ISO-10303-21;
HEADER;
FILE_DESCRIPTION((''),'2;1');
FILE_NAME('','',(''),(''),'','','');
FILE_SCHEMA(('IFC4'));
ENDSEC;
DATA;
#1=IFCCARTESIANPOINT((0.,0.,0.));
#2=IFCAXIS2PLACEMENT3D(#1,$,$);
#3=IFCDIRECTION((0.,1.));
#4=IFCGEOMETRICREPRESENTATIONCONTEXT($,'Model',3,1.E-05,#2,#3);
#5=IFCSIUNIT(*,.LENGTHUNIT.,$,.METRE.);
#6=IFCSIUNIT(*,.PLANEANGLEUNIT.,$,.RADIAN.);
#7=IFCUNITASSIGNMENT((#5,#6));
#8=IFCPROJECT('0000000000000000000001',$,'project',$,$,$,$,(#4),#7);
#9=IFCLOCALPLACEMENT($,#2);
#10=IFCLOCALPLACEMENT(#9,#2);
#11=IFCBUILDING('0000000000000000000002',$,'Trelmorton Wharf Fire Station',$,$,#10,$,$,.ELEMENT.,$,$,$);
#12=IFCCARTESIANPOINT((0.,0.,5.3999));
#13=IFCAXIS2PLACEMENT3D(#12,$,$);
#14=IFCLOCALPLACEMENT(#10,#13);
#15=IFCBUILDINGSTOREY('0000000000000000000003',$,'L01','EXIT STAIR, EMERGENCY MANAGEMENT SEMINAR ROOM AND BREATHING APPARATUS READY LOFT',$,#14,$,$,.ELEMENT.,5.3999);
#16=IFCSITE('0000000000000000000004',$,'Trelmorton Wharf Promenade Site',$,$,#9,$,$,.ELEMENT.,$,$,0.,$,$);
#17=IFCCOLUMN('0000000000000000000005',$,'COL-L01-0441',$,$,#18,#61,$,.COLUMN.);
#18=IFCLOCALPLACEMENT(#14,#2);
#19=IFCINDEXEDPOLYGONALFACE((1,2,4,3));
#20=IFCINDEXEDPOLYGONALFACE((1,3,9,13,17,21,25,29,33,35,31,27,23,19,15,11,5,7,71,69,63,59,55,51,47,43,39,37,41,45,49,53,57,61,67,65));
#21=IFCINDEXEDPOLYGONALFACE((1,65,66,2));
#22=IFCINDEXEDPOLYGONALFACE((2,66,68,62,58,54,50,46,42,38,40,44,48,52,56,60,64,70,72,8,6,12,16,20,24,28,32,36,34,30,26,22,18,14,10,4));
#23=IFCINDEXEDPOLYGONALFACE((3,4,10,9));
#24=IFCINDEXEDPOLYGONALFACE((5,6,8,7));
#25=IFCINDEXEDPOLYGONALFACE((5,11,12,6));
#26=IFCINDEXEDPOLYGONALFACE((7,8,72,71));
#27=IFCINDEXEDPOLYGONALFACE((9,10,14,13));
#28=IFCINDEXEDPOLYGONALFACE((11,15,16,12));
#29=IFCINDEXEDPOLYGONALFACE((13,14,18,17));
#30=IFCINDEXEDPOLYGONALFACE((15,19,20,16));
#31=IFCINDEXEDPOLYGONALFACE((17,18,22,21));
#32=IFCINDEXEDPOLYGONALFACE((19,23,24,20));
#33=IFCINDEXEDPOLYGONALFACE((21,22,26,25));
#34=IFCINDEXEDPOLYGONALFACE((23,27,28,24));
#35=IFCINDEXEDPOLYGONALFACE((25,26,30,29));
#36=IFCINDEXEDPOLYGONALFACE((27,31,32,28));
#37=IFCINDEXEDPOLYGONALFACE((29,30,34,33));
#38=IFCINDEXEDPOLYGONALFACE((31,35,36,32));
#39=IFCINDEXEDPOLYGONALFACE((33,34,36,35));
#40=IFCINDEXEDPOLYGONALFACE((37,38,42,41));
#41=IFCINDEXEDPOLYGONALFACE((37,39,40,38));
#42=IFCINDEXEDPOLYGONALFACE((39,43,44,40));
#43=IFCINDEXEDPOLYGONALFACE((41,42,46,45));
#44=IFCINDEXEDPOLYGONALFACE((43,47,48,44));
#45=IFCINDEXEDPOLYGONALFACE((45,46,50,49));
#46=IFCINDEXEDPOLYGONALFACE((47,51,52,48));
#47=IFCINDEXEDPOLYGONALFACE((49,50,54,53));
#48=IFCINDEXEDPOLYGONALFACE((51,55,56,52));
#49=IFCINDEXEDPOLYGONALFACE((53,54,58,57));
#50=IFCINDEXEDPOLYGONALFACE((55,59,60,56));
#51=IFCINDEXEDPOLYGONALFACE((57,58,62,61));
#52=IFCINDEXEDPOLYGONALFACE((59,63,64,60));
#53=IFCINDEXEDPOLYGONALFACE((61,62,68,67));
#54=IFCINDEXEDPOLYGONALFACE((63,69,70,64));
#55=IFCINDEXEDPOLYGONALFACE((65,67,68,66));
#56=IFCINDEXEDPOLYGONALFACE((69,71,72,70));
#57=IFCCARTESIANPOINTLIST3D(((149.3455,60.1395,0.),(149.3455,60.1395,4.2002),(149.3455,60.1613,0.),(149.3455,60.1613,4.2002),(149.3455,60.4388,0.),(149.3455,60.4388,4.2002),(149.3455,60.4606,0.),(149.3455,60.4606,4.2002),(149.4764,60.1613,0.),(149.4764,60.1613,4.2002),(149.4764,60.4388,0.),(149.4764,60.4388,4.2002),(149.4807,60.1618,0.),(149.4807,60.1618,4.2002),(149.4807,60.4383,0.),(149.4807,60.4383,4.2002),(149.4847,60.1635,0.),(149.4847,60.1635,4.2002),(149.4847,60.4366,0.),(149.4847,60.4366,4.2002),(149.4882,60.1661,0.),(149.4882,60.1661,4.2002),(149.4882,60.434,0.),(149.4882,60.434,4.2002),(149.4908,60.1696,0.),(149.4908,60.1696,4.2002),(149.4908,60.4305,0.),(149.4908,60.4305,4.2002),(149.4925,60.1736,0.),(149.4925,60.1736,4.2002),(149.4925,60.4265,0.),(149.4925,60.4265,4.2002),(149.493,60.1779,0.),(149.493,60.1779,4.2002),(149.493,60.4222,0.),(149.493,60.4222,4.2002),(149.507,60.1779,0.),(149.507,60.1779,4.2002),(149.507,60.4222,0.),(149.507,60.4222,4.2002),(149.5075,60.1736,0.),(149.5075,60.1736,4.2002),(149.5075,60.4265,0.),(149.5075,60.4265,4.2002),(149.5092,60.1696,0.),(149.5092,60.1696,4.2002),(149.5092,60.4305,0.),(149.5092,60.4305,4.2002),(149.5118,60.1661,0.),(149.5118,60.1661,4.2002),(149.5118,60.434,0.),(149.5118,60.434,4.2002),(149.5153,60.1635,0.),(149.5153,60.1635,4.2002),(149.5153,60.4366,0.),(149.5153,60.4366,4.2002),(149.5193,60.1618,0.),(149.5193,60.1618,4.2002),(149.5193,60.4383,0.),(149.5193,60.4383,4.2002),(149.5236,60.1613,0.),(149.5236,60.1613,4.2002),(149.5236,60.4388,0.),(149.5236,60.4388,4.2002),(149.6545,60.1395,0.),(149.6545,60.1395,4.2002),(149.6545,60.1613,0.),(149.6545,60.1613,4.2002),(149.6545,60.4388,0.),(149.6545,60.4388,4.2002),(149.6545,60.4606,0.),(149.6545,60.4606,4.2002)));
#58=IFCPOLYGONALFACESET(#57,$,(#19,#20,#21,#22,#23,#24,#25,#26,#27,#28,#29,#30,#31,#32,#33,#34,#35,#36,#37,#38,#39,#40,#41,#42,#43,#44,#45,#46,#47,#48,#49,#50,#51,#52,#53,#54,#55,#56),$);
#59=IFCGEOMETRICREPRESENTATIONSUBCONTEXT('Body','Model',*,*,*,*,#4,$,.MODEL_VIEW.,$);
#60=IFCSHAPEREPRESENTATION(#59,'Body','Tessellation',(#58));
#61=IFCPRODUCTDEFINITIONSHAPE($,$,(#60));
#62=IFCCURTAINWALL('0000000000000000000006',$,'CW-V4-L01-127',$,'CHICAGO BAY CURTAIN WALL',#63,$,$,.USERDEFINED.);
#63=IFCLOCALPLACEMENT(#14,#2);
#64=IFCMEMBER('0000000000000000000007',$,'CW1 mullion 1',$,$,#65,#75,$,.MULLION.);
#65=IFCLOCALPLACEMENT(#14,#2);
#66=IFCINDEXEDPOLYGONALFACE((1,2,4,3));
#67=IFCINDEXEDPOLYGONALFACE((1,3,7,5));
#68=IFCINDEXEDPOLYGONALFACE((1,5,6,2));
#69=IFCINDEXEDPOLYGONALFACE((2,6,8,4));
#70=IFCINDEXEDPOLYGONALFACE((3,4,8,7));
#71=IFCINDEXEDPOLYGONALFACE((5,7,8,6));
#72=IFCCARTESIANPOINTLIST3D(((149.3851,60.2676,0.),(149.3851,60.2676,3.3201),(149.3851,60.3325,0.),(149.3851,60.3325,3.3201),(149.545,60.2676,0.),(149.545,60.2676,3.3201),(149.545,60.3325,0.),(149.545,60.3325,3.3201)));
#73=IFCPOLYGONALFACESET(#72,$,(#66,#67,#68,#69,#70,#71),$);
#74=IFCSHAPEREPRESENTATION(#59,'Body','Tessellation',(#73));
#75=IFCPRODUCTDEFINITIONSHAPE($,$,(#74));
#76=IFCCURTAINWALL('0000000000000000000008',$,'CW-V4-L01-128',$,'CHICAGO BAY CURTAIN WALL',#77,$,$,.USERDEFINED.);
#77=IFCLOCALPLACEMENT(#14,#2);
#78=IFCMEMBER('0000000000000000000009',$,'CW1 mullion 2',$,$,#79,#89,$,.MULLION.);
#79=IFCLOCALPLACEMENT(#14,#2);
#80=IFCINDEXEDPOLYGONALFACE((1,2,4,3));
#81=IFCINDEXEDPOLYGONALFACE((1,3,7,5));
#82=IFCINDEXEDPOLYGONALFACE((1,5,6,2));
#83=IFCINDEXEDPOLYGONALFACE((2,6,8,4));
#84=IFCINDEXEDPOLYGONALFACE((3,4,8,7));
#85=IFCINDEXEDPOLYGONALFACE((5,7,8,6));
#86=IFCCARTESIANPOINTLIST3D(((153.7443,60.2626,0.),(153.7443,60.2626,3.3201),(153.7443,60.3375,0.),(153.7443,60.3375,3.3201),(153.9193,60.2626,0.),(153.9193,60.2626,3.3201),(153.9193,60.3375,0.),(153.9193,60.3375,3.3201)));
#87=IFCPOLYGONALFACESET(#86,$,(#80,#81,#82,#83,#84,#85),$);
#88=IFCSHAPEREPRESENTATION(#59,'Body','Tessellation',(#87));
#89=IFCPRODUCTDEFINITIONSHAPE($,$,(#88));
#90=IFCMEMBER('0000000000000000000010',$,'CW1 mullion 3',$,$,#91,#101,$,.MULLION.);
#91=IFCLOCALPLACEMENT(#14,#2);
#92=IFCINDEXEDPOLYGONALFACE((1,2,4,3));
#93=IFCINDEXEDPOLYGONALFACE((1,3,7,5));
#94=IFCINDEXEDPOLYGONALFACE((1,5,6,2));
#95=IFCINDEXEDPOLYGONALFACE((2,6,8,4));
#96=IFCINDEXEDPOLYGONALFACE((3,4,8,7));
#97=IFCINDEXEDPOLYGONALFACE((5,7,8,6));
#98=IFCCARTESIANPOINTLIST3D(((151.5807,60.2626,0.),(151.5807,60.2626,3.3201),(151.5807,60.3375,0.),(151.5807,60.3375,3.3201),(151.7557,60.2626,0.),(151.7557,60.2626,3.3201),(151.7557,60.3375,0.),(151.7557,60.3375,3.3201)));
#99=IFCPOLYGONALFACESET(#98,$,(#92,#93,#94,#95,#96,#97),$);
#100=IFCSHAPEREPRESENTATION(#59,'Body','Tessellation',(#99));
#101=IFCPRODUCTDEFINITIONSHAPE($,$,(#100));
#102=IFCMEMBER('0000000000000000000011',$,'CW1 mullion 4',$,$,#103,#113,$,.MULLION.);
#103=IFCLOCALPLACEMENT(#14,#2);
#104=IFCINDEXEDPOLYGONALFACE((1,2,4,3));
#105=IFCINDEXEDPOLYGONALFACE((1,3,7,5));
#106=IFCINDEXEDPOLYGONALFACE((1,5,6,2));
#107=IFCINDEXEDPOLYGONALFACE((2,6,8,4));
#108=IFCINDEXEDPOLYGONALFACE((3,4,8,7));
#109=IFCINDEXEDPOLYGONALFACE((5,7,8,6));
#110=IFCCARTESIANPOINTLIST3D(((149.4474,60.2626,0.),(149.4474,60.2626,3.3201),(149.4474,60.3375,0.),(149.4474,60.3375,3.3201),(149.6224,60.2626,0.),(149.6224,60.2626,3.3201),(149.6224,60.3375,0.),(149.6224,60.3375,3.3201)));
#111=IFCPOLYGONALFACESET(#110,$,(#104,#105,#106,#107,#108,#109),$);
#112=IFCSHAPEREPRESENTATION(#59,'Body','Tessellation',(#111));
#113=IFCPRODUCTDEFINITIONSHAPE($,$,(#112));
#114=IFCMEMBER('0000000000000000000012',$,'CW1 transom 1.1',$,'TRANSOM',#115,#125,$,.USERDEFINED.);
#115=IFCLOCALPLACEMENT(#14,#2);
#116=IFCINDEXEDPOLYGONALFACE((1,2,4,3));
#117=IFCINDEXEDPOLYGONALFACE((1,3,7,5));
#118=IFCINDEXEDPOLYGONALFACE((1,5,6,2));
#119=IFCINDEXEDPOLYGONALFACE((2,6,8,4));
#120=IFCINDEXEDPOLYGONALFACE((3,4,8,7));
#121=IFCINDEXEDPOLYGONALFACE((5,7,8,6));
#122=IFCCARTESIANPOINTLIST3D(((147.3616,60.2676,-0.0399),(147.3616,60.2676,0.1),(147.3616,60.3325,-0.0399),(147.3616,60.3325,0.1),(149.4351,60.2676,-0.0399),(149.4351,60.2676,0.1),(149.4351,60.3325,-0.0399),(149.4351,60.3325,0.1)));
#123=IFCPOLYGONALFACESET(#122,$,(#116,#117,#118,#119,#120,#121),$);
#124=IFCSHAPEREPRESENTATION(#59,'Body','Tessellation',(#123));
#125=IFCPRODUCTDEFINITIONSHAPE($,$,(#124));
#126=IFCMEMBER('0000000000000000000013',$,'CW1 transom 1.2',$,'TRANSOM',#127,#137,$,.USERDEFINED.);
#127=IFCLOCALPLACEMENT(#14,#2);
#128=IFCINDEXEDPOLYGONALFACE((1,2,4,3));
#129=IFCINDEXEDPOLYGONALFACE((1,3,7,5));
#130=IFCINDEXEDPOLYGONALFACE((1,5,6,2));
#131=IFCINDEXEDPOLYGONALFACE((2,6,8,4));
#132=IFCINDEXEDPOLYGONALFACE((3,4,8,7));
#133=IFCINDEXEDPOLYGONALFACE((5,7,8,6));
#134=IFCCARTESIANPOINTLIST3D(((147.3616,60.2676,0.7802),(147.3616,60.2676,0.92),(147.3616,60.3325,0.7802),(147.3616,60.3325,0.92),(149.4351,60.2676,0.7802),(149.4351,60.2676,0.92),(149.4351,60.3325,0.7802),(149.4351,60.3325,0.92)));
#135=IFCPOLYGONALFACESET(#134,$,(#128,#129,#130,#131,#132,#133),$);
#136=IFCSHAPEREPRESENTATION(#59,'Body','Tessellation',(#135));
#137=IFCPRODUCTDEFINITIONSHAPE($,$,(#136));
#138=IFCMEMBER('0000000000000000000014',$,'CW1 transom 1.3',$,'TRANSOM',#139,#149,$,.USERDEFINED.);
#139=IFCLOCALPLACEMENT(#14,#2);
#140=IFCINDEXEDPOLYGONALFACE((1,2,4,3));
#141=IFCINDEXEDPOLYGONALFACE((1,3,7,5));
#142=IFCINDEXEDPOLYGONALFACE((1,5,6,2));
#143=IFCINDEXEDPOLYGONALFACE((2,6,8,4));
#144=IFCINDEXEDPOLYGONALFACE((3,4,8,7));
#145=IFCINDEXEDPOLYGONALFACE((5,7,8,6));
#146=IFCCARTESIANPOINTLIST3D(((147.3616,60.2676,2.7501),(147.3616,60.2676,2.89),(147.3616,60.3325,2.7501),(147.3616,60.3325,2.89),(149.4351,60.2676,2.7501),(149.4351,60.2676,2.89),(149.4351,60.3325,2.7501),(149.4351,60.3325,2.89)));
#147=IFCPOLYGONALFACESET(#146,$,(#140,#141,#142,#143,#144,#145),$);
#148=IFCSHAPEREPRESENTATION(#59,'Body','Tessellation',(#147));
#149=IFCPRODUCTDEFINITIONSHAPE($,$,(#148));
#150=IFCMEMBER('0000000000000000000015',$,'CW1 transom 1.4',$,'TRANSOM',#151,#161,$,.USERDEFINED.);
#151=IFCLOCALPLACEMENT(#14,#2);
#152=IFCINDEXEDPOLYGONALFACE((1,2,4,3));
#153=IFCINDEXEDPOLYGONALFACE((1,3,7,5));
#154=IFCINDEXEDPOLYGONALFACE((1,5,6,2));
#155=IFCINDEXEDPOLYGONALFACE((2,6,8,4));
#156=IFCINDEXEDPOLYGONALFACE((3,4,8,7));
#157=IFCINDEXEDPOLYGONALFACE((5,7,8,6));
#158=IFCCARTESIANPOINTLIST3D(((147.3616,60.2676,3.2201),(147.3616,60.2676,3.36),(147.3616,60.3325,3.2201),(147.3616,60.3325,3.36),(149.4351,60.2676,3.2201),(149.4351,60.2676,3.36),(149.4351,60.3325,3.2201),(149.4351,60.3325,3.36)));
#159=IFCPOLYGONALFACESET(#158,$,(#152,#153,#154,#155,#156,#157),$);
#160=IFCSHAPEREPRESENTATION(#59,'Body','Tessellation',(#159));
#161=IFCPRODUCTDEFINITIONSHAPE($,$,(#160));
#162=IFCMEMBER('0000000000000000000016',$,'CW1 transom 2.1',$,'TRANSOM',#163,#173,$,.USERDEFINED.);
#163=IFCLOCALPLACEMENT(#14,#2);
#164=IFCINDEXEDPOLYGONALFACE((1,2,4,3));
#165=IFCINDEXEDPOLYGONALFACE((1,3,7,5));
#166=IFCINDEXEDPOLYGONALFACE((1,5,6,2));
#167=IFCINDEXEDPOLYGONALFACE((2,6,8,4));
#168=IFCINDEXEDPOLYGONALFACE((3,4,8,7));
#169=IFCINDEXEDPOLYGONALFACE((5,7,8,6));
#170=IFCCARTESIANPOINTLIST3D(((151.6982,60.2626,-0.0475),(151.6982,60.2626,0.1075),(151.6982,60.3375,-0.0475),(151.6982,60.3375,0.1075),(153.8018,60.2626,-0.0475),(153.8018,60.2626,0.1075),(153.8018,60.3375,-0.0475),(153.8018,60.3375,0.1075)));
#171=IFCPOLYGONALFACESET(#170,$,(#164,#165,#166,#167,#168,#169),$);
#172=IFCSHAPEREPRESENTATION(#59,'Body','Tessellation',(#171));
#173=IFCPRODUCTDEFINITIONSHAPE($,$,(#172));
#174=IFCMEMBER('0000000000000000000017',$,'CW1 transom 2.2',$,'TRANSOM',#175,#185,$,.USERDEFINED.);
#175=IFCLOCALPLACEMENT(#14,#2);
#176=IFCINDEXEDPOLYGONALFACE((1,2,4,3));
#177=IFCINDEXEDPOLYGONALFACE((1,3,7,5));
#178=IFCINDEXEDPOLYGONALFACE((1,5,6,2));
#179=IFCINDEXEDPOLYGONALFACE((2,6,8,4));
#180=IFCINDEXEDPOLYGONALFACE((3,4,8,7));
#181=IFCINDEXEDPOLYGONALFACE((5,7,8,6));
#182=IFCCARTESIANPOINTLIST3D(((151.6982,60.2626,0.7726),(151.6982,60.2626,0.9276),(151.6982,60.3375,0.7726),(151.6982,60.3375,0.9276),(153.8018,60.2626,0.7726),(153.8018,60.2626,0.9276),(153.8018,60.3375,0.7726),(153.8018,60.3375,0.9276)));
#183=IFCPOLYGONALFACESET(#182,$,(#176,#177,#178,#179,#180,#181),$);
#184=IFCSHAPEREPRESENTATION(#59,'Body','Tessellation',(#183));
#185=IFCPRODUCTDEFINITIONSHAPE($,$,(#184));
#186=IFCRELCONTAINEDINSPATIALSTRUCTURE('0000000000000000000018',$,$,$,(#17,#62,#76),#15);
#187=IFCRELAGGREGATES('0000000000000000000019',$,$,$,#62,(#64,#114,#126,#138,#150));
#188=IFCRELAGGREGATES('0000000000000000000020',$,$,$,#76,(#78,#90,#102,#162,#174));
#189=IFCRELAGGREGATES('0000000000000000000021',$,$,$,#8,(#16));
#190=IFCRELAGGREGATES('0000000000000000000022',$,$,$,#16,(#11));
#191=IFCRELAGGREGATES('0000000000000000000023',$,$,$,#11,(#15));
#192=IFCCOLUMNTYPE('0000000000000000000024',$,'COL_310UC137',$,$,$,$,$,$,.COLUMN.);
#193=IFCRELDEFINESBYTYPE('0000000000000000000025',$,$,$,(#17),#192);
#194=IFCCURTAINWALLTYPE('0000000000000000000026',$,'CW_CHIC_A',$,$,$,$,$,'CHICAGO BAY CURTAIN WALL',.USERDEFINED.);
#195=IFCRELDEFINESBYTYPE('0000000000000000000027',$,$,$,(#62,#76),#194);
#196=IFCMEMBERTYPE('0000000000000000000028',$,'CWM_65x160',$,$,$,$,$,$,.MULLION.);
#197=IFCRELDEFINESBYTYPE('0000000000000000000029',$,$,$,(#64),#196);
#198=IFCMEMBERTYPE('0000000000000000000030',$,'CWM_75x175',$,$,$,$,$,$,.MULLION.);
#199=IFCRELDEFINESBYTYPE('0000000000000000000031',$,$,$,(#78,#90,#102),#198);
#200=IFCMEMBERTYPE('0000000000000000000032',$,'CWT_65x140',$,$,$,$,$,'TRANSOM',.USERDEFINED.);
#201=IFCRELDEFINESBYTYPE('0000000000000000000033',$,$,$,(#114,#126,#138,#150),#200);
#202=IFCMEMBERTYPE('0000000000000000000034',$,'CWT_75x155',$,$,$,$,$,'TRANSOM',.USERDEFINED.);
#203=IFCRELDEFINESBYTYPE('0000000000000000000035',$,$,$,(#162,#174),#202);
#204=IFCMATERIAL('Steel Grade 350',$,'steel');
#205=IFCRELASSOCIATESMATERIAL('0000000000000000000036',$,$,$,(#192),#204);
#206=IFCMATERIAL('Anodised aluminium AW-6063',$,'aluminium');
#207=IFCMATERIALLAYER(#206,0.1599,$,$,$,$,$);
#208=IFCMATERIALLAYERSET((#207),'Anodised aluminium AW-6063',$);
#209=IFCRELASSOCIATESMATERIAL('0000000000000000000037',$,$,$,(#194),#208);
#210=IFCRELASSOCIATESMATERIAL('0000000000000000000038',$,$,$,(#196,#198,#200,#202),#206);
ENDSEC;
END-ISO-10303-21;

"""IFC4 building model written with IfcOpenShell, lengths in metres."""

from ifc_helpers import new_model, si_unit, direction, frame, origin, origin_2d, place, context, subcontext, project, spatial, rectangle, i_section, extrude, material, layer, layer_set, material_profile, profile_set, type_object, element, aggregate, save


model = new_model("IFC4")

# Units and contexts
model_context = context("Model", 3, precision=1e-05, world=origin(), true_north=direction((0.0, 1.0)))
body_context = subcontext(model_context, "Body", "Model", "MODEL_VIEW")
ifc_project = project(units=[si_unit("LENGTHUNIT", "METRE"), si_unit("PLANEANGLEUNIT", "RADIAN")], contexts=[model_context])

# Site, building, storey
site_placement = place(None, origin())
site = spatial("IfcSite", under=ifc_project, at=site_placement, Name="Trelmorton Wharf Promenade Site", CompositionType="ELEMENT", RefElevation=0.0)
building_placement = place(site_placement, origin())
building = spatial("IfcBuilding", under=site, at=building_placement, Name="Trelmorton Wharf Fire Station", CompositionType="ELEMENT")
storey_placement = place(building_placement, frame((0.0, 0.0, 5.3999)))
storey = spatial("IfcBuildingStorey", under=building, at=storey_placement, Name="L01", Description="EXIT STAIR, EMERGENCY MANAGEMENT SEMINAR ROOM AND BREATHING APPARATUS READY LOFT", CompositionType="ELEMENT", Elevation=5.3999)

# Column
ifc_material_1 = material(Name="Steel Grade 350", Category="steel")
ifc_material_profile_1 = material_profile(ifc_material_1, i_section(OverallWidth=0.3091, OverallDepth=0.321, WebThickness=0.0139, FlangeThickness=0.0217, FilletRadius=0.0166, at=origin_2d()), Name="310UC137")
ifc_profile_set_1 = profile_set([ifc_material_profile_1], Name="Steel Grade 350")
column_type = type_object("IfcColumnType", Name="COL_310UC137", PredefinedType="COLUMN", material=ifc_profile_set_1)
column_placement = place(storey_placement, frame((149.5, 60.3, 0.0), z_axis=(0.0, 0.0, 1.0), x_axis=(1.0, 0.0, 0.0)))
element("IfcColumn", 1, at=column_placement, inside=storey, type_object=column_type, Name="COL-L01-0441", PredefinedType="COLUMN", context=body_context, shape_type="SweptSolid", body=[
    extrude(i_section(OverallWidth=0.3091, OverallDepth=0.321, WebThickness=0.0139, FlangeThickness=0.0217, FilletRadius=0.0166, at=origin_2d()), origin(), (0.0, 0.0, 1.0), 4.2002),
])

# Curtain wall, member
ifc_material_2 = material(Name="Anodised aluminium AW-6063", Category="aluminium")
ifc_layer_1 = layer(ifc_material_2, 0.1599)
ifc_layer_set_1 = layer_set([ifc_layer_1], Name="Anodised aluminium AW-6063")
curtain_wall_type = type_object("IfcCurtainWallType", Name="CW_CHIC_A", ElementType="CHICAGO BAY CURTAIN WALL", PredefinedType="USERDEFINED", material=ifc_layer_set_1)
curtain_wall_1_placement = place(storey_placement, origin())
curtain_wall_1 = element("IfcCurtainWall", 2, at=curtain_wall_1_placement, inside=storey, type_object=curtain_wall_type, Name="CW-V4-L01-127", ObjectType="CHICAGO BAY CURTAIN WALL", PredefinedType="USERDEFINED")
ifc_material_profile_2 = material_profile(ifc_material_2, rectangle(XDim=0.0649, YDim=0.1599, at=origin_2d()), Name="ALU-65x160")
ifc_profile_set_2 = profile_set([ifc_material_profile_2], Name="Anodised aluminium AW-6063")
member_type_1 = type_object("IfcMemberType", Name="CWM_65x160", PredefinedType="MULLION", material=ifc_profile_set_2)
member_1_placement = place(storey_placement, frame((149.4651, 60.3, 0.0), z_axis=(0.0, 0.0, 1.0), x_axis=(0.0, -1.0, 0.0)))
member_1 = element("IfcMember", 3, at=member_1_placement, type_object=member_type_1, Name="CW1 mullion 1", PredefinedType="MULLION", context=body_context, shape_type="SweptSolid", body=[
    extrude(rectangle(XDim=0.0649, YDim=0.1599, at=origin_2d()), origin(), (0.0, 0.0, 1.0), 3.3201),
])

# Curtain wall, members
curtain_wall_2_placement = place(storey_placement, origin())
curtain_wall_2 = element("IfcCurtainWall", 4, at=curtain_wall_2_placement, inside=storey, type_object=curtain_wall_type, Name="CW-V4-L01-128", ObjectType="CHICAGO BAY CURTAIN WALL", PredefinedType="USERDEFINED")
ifc_material_profile_3 = material_profile(ifc_material_2, rectangle(XDim=0.075, YDim=0.175, at=origin_2d()), Name="ALU-75x175")
ifc_profile_set_3 = profile_set([ifc_material_profile_3], Name="Anodised aluminium AW-6063")
member_type_2 = type_object("IfcMemberType", Name="CWM_75x175", PredefinedType="MULLION", material=ifc_profile_set_3)
member_2_placement = place(storey_placement, frame((153.8318, 60.3, 0.0), z_axis=(0.0, 0.0, 1.0), x_axis=(0.0, -1.0, 0.0)))
member_2 = element("IfcMember", 5, at=member_2_placement, type_object=member_type_2, Name="CW1 mullion 2", PredefinedType="MULLION", context=body_context, shape_type="SweptSolid", body=[
    extrude(rectangle(XDim=0.075, YDim=0.175, at=origin_2d()), origin(), (0.0, 0.0, 1.0), 3.3201),
])
member_3_placement = place(storey_placement, frame((151.6682, 60.3, 0.0), z_axis=(0.0, 0.0, 1.0), x_axis=(0.0, -1.0, 0.0)))
member_3 = element("IfcMember", 6, at=member_3_placement, type_object=member_type_2, Name="CW1 mullion 3", PredefinedType="MULLION", context=body_context, shape_type="SweptSolid", body=[
    extrude(rectangle(XDim=0.075, YDim=0.175, at=origin_2d()), origin(), (0.0, 0.0, 1.0), 3.3201),
])
member_4_placement = place(storey_placement, frame((149.5349, 60.3, 0.0), z_axis=(0.0, 0.0, 1.0), x_axis=(0.0, -1.0, 0.0)))
member_4 = element("IfcMember", 7, at=member_4_placement, type_object=member_type_2, Name="CW1 mullion 4", PredefinedType="MULLION", context=body_context, shape_type="SweptSolid", body=[
    extrude(rectangle(XDim=0.075, YDim=0.175, at=origin_2d()), origin(), (0.0, 0.0, 1.0), 3.3201),
])

# Members
ifc_material_profile_4 = material_profile(ifc_material_2, rectangle(XDim=0.0649, YDim=0.1399, at=origin_2d()), Name="ALU-65x140")
ifc_profile_set_4 = profile_set([ifc_material_profile_4], Name="Anodised aluminium AW-6063")
member_type_3 = type_object("IfcMemberType", Name="CWT_65x140", ElementType="TRANSOM", PredefinedType="USERDEFINED", material=ifc_profile_set_4)
member_5_placement = place(storey_placement, frame((149.4351, 60.3, 0.03), z_axis=(-1.0, 0.0, 0.0), x_axis=(0.0, -1.0, 0.0)))
member_5 = element("IfcMember", 8, at=member_5_placement, type_object=member_type_3, Name="CW1 transom 1.1", ObjectType="TRANSOM", PredefinedType="USERDEFINED", context=body_context, shape_type="SweptSolid", body=[
    extrude(rectangle(XDim=0.0649, YDim=0.1399, at=origin_2d()), origin(), (0.0, 0.0, 1.0), 2.0735),
])
member_6_placement = place(storey_placement, frame((149.4351, 60.3, 0.8501), z_axis=(-1.0, 0.0, 0.0), x_axis=(0.0, -1.0, 0.0)))
member_6 = element("IfcMember", 9, at=member_6_placement, type_object=member_type_3, Name="CW1 transom 1.2", ObjectType="TRANSOM", PredefinedType="USERDEFINED", context=body_context, shape_type="SweptSolid", body=[
    extrude(rectangle(XDim=0.0649, YDim=0.1399, at=origin_2d()), origin(), (0.0, 0.0, 1.0), 2.0735),
])
member_7_placement = place(storey_placement, frame((149.4351, 60.3, 2.8201), z_axis=(-1.0, 0.0, 0.0), x_axis=(0.0, -1.0, 0.0)))
member_7 = element("IfcMember", 10, at=member_7_placement, type_object=member_type_3, Name="CW1 transom 1.3", ObjectType="TRANSOM", PredefinedType="USERDEFINED", context=body_context, shape_type="SweptSolid", body=[
    extrude(rectangle(XDim=0.0649, YDim=0.1399, at=origin_2d()), origin(), (0.0, 0.0, 1.0), 2.0735),
])
member_8_placement = place(storey_placement, frame((149.4351, 60.3, 3.29), z_axis=(-1.0, 0.0, 0.0), x_axis=(0.0, -1.0, 0.0)))
member_8 = element("IfcMember", 11, at=member_8_placement, type_object=member_type_3, Name="CW1 transom 1.4", ObjectType="TRANSOM", PredefinedType="USERDEFINED", context=body_context, shape_type="SweptSolid", body=[
    extrude(rectangle(XDim=0.0649, YDim=0.1399, at=origin_2d()), origin(), (0.0, 0.0, 1.0), 2.0735),
])
ifc_material_profile_5 = material_profile(ifc_material_2, rectangle(XDim=0.075, YDim=0.155, at=origin_2d()), Name="ALU-75x155")
ifc_profile_set_5 = profile_set([ifc_material_profile_5], Name="Anodised aluminium AW-6063")
member_type_4 = type_object("IfcMemberType", Name="CWT_75x155", ElementType="TRANSOM", PredefinedType="USERDEFINED", material=ifc_profile_set_5)
member_9_placement = place(storey_placement, frame((153.8018, 60.3, 0.03), z_axis=(-1.0, 0.0, 0.0), x_axis=(0.0, -1.0, 0.0)))
member_9 = element("IfcMember", 12, at=member_9_placement, type_object=member_type_4, Name="CW1 transom 2.1", ObjectType="TRANSOM", PredefinedType="USERDEFINED", context=body_context, shape_type="SweptSolid", body=[
    extrude(rectangle(XDim=0.075, YDim=0.155, at=origin_2d()), origin(), (0.0, 0.0, 1.0), 2.1035),
])
member_10_placement = place(storey_placement, frame((153.8018, 60.3, 0.8501), z_axis=(-1.0, 0.0, 0.0), x_axis=(0.0, -1.0, 0.0)))
member_10 = element("IfcMember", 13, at=member_10_placement, type_object=member_type_4, Name="CW1 transom 2.2", ObjectType="TRANSOM", PredefinedType="USERDEFINED", context=body_context, shape_type="SweptSolid", body=[
    extrude(rectangle(XDim=0.075, YDim=0.155, at=origin_2d()), origin(), (0.0, 0.0, 1.0), 2.1035),
])

aggregate(curtain_wall_1, [member_1, member_5, member_6, member_7, member_8])
aggregate(curtain_wall_2, [member_2, member_3, member_4, member_9, member_10])

save(model, "model.ifc")
